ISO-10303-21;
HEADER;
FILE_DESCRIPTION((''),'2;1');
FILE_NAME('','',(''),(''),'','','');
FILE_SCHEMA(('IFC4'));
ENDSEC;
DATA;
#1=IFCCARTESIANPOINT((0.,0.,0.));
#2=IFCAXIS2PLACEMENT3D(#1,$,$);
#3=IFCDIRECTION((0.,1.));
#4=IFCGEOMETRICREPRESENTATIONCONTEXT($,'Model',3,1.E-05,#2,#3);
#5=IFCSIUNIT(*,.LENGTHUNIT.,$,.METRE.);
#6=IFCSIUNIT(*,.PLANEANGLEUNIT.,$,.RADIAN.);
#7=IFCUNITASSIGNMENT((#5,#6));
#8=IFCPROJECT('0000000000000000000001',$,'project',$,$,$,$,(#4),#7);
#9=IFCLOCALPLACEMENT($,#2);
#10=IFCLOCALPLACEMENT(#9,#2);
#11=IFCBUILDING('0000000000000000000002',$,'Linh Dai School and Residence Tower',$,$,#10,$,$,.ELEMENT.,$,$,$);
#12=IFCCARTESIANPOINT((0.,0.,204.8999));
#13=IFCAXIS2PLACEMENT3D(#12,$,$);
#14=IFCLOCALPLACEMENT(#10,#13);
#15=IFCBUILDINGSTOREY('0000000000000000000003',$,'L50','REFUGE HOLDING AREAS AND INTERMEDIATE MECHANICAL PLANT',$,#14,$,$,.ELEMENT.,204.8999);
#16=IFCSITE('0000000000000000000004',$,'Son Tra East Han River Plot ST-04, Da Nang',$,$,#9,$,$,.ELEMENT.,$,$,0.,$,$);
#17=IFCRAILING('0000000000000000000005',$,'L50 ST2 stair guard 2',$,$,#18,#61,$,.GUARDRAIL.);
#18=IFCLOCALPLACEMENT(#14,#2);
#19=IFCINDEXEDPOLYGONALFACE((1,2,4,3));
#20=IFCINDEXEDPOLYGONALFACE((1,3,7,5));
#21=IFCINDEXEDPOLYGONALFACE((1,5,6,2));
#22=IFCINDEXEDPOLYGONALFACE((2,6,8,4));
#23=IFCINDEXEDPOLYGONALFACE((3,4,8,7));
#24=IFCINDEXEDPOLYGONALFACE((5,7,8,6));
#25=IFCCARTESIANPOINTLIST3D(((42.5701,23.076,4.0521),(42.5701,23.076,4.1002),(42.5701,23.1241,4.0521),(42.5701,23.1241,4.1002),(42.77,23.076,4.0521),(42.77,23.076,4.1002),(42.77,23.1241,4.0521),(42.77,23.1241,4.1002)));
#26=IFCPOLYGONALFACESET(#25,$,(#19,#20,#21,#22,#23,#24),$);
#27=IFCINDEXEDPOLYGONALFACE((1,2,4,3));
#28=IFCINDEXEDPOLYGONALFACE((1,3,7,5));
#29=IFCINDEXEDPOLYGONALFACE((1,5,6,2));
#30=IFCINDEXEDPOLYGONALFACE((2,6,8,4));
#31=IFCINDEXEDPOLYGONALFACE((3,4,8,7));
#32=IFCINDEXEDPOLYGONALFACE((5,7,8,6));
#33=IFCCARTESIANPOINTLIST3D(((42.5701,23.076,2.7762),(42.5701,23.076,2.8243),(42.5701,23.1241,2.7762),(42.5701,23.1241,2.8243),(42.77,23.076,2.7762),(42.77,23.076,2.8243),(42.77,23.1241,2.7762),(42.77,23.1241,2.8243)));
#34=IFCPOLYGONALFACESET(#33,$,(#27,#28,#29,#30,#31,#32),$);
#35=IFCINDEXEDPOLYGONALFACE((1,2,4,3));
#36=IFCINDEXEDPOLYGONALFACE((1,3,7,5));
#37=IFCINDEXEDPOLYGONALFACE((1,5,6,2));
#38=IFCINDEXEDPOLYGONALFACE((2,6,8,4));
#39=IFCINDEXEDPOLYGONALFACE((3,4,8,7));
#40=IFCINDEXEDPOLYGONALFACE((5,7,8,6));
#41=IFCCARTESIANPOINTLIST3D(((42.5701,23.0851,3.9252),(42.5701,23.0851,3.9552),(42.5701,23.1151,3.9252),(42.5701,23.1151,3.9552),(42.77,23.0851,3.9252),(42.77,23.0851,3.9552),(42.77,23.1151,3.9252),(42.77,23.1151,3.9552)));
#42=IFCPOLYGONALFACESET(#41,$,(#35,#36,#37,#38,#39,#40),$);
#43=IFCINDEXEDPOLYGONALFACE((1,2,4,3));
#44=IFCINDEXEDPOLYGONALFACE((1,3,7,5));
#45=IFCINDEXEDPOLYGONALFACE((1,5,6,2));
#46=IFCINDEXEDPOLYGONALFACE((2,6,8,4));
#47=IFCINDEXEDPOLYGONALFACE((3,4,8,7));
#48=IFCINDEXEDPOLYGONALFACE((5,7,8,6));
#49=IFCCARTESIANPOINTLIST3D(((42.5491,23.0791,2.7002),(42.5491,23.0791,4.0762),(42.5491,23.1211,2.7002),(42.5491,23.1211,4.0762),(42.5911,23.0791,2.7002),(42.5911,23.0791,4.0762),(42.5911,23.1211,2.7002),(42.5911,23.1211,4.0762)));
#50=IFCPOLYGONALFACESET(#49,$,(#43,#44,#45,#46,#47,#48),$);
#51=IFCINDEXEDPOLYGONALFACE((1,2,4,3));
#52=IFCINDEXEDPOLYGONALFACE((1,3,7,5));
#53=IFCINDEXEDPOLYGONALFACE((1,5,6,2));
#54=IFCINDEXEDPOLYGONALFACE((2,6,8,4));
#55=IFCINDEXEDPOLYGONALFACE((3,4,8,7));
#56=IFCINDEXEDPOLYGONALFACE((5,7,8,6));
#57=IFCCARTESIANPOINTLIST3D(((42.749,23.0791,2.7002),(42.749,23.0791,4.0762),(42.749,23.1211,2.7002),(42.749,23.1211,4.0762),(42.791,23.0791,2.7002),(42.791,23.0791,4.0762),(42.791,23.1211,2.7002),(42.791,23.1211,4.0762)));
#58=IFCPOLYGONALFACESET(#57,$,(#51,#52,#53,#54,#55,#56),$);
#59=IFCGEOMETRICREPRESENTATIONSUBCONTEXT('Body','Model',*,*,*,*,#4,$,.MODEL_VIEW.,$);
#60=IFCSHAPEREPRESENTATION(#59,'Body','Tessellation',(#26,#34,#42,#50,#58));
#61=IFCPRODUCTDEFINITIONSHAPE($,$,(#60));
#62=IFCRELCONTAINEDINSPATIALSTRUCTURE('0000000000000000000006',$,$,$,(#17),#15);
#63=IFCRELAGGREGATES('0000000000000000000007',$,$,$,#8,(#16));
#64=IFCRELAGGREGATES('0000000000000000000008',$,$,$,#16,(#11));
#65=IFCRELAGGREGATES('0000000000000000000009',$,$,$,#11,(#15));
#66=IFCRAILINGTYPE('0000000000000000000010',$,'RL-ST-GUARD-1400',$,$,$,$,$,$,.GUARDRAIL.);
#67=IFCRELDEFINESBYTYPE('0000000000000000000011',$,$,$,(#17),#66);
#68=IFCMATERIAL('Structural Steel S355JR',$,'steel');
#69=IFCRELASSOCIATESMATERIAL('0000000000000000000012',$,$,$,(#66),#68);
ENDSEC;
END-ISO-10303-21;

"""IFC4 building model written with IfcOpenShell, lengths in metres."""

from ifc_helpers import new_model, si_unit, direction, frame, origin, origin_2d, place, context, subcontext, project, spatial, rectangle, extrude, source, transform, mapped, material, type_object, element, save


model = new_model("IFC4")

# Units and contexts
model_context = context("Model", 3, precision=1e-05, world=origin(), true_north=direction((0.0, 1.0)))
body_context = subcontext(model_context, "Body", "Model", "MODEL_VIEW")
ifc_project = project(units=[si_unit("LENGTHUNIT", "METRE"), si_unit("PLANEANGLEUNIT", "RADIAN")], contexts=[model_context])

# Site, building, storey
site_placement = place(None, origin())
site = spatial("IfcSite", under=ifc_project, at=site_placement, Name="Son Tra East Han River Plot ST-04, Da Nang", CompositionType="ELEMENT", RefElevation=0.0)
building_placement = place(site_placement, origin())
building = spatial("IfcBuilding", under=site, at=building_placement, Name="Linh Dai School and Residence Tower", CompositionType="ELEMENT")
storey_placement = place(building_placement, frame((0.0, 0.0, 204.8999)))
storey = spatial("IfcBuildingStorey", under=building, at=storey_placement, Name="L50", Description="REFUGE HOLDING AREAS AND INTERMEDIATE MECHANICAL PLANT", CompositionType="ELEMENT", Elevation=204.8999)

# Shared definitions
ifc_material_1 = material(Name="Structural Steel S355JR", Category="steel")

# Railing
railing_type_1 = type_object("IfcRailingType", Name="RL-ST-GUARD-1400", PredefinedType="GUARDRAIL", material=ifc_material_1)
shared_shape_1 = source(origin(), body_context, "Body", "SweptSolid", [
    extrude(rectangle(XDim=0.0481, YDim=0.0481, at=origin_2d()), frame((0.0, 0.0, 1.376), z_axis=(1.0, 0.0, 0.0), x_axis=(0.0, 1.0, 0.0)), (0.0, 0.0, 1.0), 0.2),
    extrude(rectangle(XDim=0.0481, YDim=0.0481, at=origin_2d()), frame((0.0, 0.0, 0.1001), z_axis=(1.0, 0.0, 0.0), x_axis=(0.0, 1.0, 0.0)), (0.0, 0.0, 1.0), 0.2),
    extrude(rectangle(XDim=0.03, YDim=0.03, at=origin_2d()), frame((0.0, 0.0, 1.24), z_axis=(1.0, 0.0, 0.0), x_axis=(0.0, 1.0, 0.0)), (0.0, 0.0, 1.0), 0.2),
    extrude(rectangle(XDim=0.042, YDim=0.042, at=origin_2d()), origin(), (0.0, 0.0, 1.0), 1.376),
    extrude(rectangle(XDim=0.042, YDim=0.042, at=origin_2d()), frame((0.2, 0.0, 0.0)), (0.0, 0.0, 1.0), 1.376),
])
railing_1_placement = place(storey_placement, frame((42.5701, 23.1001, 2.7002)))
element("IfcRailing", 1, at=railing_1_placement, inside=storey, type_object=railing_type_1, Name="L50 ST2 stair guard 2", PredefinedType="GUARDRAIL", context=body_context, shape_type="MappedRepresentation", body=[
    mapped(shared_shape_1, transform((0.0, 0.0, 0.0), x_axis=(1.0, 0.0, 0.0), y_axis=(0.0, 1.0, 0.0), z_axis=(0.0, 0.0, 1.0), scale=1.0)),
])

save(model, "model.ifc")
